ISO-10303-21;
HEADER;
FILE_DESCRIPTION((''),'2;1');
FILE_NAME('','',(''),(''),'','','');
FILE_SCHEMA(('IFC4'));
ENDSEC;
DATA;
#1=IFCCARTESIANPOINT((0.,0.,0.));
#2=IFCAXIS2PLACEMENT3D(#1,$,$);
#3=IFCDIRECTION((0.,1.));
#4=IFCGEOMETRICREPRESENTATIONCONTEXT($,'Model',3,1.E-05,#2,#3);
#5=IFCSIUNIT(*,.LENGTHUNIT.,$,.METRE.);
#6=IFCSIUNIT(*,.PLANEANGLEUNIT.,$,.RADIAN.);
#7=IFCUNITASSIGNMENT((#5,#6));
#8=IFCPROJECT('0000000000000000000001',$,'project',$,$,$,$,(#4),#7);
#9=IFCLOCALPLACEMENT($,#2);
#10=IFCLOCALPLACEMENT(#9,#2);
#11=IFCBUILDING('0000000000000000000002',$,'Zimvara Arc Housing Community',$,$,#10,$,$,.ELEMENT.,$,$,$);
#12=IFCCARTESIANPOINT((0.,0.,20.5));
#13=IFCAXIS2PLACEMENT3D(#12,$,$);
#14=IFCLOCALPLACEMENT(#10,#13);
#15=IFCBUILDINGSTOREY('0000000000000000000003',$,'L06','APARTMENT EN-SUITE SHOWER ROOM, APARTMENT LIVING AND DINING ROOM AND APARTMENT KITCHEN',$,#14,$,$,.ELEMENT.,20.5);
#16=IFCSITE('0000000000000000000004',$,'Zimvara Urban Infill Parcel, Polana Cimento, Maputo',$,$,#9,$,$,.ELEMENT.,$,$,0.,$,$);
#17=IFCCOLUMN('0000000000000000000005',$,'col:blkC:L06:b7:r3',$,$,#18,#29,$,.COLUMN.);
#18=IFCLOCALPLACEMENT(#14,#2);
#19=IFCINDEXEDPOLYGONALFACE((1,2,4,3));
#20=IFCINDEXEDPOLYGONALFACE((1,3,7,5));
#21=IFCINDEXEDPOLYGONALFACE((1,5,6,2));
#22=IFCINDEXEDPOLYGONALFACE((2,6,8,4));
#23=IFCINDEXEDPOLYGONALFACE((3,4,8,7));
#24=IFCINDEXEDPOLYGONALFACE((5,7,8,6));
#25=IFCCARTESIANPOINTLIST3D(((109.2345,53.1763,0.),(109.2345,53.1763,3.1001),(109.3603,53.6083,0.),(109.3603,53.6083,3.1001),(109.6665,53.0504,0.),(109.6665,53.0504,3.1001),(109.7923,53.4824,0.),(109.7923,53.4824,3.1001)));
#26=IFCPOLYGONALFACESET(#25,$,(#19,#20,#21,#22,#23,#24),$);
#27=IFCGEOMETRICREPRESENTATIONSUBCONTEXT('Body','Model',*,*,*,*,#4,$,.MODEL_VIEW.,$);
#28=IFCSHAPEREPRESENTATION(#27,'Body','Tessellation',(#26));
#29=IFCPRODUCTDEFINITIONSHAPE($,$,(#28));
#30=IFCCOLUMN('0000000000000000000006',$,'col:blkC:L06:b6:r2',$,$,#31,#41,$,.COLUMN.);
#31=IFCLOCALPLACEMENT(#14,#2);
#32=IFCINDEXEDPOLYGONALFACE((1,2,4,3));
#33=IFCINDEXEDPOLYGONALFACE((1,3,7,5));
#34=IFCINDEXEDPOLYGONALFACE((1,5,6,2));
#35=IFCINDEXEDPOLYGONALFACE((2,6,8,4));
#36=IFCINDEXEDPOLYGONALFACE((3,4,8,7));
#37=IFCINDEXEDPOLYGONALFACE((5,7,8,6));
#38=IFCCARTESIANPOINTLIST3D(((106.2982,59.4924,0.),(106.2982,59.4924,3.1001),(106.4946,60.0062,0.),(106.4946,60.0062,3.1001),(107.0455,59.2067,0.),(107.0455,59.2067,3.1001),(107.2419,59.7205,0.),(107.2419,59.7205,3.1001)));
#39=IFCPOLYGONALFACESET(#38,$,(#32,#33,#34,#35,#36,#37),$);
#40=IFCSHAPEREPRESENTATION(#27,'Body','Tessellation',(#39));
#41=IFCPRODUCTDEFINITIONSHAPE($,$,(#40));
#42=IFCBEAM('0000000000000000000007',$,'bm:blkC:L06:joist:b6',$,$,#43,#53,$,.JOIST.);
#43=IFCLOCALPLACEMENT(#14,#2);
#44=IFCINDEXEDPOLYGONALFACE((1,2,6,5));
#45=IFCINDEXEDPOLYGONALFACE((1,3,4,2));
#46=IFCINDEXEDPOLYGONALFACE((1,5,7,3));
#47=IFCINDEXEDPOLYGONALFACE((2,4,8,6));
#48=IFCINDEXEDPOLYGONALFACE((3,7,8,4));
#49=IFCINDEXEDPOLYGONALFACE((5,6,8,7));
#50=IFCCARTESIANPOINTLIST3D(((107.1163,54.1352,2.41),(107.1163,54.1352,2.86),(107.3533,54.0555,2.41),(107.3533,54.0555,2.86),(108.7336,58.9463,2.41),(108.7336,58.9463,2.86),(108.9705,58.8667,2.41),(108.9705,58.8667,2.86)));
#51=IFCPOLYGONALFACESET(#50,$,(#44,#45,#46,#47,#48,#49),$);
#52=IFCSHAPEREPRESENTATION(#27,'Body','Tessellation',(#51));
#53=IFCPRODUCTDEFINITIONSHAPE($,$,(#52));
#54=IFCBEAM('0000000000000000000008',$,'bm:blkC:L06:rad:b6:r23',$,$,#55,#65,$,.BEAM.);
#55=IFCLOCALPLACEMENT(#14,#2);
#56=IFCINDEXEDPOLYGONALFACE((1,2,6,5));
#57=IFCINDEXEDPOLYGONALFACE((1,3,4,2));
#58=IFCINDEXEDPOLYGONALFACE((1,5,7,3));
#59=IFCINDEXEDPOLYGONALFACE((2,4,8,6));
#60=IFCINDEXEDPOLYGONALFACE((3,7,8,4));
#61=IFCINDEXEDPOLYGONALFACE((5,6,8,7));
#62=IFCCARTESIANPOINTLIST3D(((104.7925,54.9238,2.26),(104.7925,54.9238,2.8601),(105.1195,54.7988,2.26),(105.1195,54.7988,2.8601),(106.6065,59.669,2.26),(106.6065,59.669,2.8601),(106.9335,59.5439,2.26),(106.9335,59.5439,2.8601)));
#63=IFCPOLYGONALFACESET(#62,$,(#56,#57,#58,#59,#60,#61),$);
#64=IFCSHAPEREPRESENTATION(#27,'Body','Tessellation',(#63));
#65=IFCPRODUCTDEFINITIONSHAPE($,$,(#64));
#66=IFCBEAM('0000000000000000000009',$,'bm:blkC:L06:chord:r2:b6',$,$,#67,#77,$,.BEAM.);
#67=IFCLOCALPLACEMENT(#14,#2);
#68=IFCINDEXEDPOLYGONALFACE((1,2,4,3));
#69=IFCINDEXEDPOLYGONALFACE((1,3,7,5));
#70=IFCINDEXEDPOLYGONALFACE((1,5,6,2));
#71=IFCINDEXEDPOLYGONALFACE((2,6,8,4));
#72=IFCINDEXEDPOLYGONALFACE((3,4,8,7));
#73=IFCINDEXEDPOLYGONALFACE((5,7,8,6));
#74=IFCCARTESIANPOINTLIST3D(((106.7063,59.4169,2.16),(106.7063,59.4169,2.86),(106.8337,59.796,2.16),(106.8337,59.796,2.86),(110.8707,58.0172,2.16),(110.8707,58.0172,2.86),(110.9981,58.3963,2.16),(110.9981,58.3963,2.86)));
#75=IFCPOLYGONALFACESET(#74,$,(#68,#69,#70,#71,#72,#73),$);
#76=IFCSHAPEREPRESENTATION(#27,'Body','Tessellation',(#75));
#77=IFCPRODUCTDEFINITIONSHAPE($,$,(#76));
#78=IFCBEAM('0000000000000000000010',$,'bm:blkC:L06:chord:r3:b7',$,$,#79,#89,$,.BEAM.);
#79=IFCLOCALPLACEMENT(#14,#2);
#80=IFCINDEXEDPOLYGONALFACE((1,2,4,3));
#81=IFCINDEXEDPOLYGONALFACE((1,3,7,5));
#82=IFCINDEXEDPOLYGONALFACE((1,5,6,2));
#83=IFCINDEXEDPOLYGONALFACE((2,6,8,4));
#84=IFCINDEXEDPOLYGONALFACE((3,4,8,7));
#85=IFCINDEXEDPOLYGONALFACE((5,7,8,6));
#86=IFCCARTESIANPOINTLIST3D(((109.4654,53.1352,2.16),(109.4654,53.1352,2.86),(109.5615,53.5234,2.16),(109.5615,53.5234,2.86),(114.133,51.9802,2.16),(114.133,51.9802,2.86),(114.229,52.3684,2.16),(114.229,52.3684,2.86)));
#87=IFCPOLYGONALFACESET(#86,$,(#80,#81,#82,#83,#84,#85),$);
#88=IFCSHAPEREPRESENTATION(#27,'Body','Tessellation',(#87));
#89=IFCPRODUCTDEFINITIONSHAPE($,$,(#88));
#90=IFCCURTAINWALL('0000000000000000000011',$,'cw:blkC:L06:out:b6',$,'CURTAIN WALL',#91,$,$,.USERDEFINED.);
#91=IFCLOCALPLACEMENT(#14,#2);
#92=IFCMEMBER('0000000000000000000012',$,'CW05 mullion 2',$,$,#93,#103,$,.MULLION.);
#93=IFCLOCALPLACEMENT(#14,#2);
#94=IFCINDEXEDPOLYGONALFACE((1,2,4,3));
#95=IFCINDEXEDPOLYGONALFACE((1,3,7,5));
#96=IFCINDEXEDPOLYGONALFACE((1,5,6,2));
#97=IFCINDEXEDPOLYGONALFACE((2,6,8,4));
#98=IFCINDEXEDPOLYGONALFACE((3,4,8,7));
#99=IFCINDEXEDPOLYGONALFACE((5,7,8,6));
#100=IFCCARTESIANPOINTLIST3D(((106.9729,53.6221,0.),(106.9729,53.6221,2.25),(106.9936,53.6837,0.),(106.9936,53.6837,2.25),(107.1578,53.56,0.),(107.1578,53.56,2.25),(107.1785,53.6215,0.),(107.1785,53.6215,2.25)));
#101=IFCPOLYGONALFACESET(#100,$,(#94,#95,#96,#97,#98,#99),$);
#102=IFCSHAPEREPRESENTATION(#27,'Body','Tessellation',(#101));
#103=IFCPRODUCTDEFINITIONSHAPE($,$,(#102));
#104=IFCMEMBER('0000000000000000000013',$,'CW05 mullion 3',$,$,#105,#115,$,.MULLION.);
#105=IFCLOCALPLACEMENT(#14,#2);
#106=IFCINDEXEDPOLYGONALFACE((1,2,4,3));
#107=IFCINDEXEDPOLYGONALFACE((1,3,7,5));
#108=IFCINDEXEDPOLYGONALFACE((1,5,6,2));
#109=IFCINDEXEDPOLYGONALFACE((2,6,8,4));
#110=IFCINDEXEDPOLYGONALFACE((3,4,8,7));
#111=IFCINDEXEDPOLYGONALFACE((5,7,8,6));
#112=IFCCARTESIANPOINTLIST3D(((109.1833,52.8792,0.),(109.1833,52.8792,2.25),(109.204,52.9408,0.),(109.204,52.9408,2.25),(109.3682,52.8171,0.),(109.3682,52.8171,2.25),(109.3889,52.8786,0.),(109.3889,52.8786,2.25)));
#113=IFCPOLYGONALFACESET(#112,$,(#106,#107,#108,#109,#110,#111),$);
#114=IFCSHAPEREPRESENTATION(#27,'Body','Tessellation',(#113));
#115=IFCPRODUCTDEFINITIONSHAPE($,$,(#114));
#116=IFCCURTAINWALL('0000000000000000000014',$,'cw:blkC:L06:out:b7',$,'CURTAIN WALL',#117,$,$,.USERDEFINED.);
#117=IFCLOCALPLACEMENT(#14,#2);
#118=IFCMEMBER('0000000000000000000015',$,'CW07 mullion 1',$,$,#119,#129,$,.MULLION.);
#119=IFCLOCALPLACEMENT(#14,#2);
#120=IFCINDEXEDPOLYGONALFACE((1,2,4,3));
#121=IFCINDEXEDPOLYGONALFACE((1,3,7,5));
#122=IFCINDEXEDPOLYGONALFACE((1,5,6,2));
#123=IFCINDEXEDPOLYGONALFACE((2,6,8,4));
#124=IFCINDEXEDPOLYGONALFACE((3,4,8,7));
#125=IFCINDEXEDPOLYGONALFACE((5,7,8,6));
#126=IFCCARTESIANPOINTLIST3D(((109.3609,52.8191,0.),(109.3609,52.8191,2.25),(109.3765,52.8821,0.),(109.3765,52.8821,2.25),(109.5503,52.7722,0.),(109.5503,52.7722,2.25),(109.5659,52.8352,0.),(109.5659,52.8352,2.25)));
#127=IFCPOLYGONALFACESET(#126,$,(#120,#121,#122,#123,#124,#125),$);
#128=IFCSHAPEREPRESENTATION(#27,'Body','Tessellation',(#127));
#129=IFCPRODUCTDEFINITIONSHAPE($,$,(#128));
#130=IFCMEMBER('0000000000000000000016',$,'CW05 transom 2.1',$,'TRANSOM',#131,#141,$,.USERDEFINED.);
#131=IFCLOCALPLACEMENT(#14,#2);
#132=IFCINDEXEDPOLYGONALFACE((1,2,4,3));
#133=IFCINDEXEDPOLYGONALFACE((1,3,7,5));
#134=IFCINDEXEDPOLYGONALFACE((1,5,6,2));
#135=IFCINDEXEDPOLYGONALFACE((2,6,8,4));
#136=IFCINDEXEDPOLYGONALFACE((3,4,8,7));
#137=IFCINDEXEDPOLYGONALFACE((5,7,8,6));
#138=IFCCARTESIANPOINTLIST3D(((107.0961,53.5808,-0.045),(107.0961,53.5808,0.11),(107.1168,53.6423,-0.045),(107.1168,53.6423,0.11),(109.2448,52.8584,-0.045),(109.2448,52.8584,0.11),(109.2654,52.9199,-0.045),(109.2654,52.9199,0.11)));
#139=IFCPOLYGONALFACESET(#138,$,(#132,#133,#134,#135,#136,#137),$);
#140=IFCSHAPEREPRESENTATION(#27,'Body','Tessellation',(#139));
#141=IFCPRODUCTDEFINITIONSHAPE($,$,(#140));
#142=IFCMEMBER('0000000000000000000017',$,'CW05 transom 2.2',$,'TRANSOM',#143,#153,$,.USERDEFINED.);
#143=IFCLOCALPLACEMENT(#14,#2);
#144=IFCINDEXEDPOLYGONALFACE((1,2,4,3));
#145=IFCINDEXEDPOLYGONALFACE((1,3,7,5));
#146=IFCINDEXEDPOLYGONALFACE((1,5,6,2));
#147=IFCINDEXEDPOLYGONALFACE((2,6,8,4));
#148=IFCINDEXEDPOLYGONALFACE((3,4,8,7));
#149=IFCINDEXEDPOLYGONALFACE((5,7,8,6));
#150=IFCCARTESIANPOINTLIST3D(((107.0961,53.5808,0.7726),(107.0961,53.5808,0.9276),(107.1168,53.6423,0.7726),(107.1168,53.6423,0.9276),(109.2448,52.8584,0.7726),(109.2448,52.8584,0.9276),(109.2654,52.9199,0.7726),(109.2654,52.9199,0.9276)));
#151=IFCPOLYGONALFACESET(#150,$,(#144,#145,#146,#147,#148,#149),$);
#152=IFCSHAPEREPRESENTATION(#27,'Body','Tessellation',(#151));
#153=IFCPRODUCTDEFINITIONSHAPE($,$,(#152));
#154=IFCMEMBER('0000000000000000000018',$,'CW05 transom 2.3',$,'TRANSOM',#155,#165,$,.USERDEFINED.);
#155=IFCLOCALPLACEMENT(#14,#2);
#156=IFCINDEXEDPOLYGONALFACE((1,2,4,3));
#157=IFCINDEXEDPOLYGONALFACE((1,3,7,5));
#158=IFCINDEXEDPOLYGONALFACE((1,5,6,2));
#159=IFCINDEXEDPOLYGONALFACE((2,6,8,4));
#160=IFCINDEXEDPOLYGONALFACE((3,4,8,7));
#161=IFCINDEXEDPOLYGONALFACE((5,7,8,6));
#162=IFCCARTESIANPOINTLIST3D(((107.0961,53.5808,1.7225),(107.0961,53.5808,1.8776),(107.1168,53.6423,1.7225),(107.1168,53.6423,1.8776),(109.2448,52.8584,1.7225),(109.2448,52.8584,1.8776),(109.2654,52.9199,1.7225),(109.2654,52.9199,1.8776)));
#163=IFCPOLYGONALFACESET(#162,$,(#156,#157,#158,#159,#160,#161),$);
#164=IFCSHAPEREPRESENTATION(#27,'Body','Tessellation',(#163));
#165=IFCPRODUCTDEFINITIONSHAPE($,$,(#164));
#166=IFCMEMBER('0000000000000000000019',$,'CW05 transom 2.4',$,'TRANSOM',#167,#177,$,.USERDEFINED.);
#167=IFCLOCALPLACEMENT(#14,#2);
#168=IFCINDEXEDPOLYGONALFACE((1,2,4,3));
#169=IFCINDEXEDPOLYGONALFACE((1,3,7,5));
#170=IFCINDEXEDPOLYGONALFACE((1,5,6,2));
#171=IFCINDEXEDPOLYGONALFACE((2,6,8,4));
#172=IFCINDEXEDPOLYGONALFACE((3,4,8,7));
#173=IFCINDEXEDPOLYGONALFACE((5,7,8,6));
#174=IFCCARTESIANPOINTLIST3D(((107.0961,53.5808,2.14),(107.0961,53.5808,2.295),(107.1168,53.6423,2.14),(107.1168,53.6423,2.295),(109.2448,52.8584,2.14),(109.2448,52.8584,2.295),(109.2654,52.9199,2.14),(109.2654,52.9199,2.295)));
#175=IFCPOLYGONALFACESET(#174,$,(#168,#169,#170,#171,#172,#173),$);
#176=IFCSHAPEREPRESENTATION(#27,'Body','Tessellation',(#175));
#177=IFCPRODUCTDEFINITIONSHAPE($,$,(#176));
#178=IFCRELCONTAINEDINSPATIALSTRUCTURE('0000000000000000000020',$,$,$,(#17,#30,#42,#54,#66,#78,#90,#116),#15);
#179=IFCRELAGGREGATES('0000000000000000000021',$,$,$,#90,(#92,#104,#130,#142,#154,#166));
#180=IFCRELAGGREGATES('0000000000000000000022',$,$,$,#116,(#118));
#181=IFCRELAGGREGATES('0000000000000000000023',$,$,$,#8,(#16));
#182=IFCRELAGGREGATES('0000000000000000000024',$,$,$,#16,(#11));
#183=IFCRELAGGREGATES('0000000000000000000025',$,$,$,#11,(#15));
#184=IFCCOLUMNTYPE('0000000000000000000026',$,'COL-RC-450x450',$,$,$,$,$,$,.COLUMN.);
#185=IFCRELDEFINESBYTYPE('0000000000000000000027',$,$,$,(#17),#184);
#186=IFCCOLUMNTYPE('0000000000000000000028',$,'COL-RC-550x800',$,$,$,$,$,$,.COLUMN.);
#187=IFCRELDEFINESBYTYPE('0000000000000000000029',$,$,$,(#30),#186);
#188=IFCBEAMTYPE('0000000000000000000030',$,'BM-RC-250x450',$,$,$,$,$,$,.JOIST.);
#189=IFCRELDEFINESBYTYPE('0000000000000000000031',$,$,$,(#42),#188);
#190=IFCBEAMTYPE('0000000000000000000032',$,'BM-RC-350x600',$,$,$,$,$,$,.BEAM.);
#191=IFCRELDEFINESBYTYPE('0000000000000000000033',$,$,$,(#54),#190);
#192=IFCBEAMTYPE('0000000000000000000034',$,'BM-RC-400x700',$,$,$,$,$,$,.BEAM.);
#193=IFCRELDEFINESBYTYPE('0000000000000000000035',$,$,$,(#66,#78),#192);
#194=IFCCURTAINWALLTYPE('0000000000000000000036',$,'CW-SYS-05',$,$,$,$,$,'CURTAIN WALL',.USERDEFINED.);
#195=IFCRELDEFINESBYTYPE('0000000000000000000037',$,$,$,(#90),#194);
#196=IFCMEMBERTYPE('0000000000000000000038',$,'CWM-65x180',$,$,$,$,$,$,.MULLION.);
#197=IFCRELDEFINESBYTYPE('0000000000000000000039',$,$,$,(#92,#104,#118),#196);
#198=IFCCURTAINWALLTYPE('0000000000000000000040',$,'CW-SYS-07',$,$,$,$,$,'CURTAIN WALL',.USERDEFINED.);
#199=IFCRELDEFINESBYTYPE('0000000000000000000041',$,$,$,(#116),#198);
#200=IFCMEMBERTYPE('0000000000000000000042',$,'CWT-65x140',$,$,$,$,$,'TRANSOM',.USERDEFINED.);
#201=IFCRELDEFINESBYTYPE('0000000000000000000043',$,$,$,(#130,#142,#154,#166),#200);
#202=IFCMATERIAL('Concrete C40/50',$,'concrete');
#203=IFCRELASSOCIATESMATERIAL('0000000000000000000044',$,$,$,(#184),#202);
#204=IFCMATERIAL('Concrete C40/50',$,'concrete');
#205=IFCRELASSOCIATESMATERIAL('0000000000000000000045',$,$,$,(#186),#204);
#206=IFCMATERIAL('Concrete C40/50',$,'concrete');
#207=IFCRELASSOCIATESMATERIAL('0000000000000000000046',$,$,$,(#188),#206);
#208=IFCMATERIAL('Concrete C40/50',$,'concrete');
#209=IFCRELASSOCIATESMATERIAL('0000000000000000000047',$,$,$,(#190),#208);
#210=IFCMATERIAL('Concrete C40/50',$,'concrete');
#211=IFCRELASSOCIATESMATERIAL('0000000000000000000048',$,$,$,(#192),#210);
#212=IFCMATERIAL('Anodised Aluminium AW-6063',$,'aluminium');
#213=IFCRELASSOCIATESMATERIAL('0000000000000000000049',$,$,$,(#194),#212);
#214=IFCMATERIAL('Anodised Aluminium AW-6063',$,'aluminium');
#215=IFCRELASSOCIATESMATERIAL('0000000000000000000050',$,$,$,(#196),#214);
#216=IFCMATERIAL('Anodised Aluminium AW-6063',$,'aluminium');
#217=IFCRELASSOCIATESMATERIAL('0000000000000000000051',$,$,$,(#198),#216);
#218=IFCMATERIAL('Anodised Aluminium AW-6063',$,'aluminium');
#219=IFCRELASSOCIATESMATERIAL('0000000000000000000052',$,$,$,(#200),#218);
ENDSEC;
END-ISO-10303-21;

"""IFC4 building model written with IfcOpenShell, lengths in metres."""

from ifc_helpers import new_model, si_unit, direction, frame, origin, origin_2d, place, context, subcontext, project, spatial, rectangle, extrude, material, material_profile, profile_set, type_object, element, aggregate, save


model = new_model("IFC4")

# Units and contexts
model_context = context("Model", 3, precision=1e-05, world=origin(), true_north=direction((0.0, 1.0)))
body_context = subcontext(model_context, "Body", "Model", "MODEL_VIEW")
ifc_project = project(units=[si_unit("LENGTHUNIT", "METRE"), si_unit("PLANEANGLEUNIT", "RADIAN")], contexts=[model_context])

# Site, building, storey
site_placement = place(None, origin())
site = spatial("IfcSite", under=ifc_project, at=site_placement, Name="Zimvara Urban Infill Parcel, Polana Cimento, Maputo", CompositionType="ELEMENT", RefElevation=0.0)
building_placement = place(site_placement, origin())
building = spatial("IfcBuilding", under=site, at=building_placement, Name="Zimvara Arc Housing Community", CompositionType="ELEMENT")
storey_placement = place(building_placement, frame((0.0, 0.0, 20.5)))
storey = spatial("IfcBuildingStorey", under=building, at=storey_placement, Name="L06", Description="APARTMENT EN-SUITE SHOWER ROOM, APARTMENT LIVING AND DINING ROOM AND APARTMENT KITCHEN", CompositionType="ELEMENT", Elevation=20.5)

# Columns
ifc_material_1 = material(Name="Concrete C40/50", Category="concrete")
ifc_material_profile_1 = material_profile(ifc_material_1, rectangle(XDim=0.45, YDim=0.45, at=origin_2d()), Name="RC 450x450")
ifc_profile_set_1 = profile_set([ifc_material_profile_1], Name="Concrete C40/50")
column_type_1 = type_object("IfcColumnType", Name="COL-RC-450x450", PredefinedType="COLUMN", material=ifc_profile_set_1)
column_1_placement = place(storey_placement, frame((109.5134, 53.3293, 0.0), z_axis=(0.0, 0.0, 1.0), x_axis=(-0.279661, -0.960099, 0.0)))
element("IfcColumn", 1, at=column_1_placement, inside=storey, type_object=column_type_1, Name="col:blkC:L06:b7:r3", PredefinedType="COLUMN", context=body_context, shape_type="SweptSolid", body=[
    extrude(rectangle(XDim=0.45, YDim=0.45, at=origin_2d()), origin(), (0.0, 0.0, 1.0), 3.1001),
])
ifc_material_2 = material(Name="Concrete C40/50", Category="concrete")
ifc_material_profile_2 = material_profile(ifc_material_2, rectangle(XDim=0.55, YDim=0.8, at=origin_2d()), Name="RC 550x800")
ifc_profile_set_2 = profile_set([ifc_material_profile_2], Name="Concrete C40/50")
column_type_2 = type_object("IfcColumnType", Name="COL-RC-550x800", PredefinedType="COLUMN", material=ifc_profile_set_2)
column_2_placement = place(storey_placement, frame((106.77, 59.6064, 0.0), z_axis=(0.0, 0.0, 1.0), x_axis=(-0.357064, -0.93408, 0.0)))
element("IfcColumn", 2, at=column_2_placement, inside=storey, type_object=column_type_2, Name="col:blkC:L06:b6:r2", PredefinedType="COLUMN", context=body_context, shape_type="SweptSolid", body=[
    extrude(rectangle(XDim=0.55, YDim=0.8, at=origin_2d()), origin(), (0.0, 0.0, 1.0), 3.1001),
])

# Beams
ifc_material_3 = material(Name="Concrete C40/50", Category="concrete")
ifc_material_profile_3 = material_profile(ifc_material_3, rectangle(XDim=0.25, YDim=0.45, at=origin_2d()), Name="RC 250x450")
ifc_profile_set_3 = profile_set([ifc_material_profile_3], Name="Concrete C40/50")
beam_type_1 = type_object("IfcBeamType", Name="BM-RC-250x450", PredefinedType="JOIST", material=ifc_profile_set_3)
beam_1_placement = place(storey_placement, frame((108.8521, 58.9065, 2.635), z_axis=(-0.318622, -0.947882, 0.0), x_axis=(0.947882, -0.318622, 0.0)))
element("IfcBeam", 3, at=beam_1_placement, inside=storey, type_object=beam_type_1, Name="bm:blkC:L06:joist:b6", PredefinedType="JOIST", context=body_context, shape_type="SweptSolid", body=[
    extrude(rectangle(XDim=0.25, YDim=0.45, at=origin_2d()), origin(), (0.0, 0.0, 1.0), 5.0757),
])
ifc_material_4 = material(Name="Concrete C40/50", Category="concrete")
ifc_material_profile_4 = material_profile(ifc_material_4, rectangle(XDim=0.3501, YDim=0.6001, at=origin_2d()), Name="RC 350x600")
ifc_profile_set_4 = profile_set([ifc_material_profile_4], Name="Concrete C40/50")
beam_type_2 = type_object("IfcBeamType", Name="BM-RC-350x600", PredefinedType="BEAM", material=ifc_profile_set_4)
beam_2_placement = place(storey_placement, frame((106.77, 59.6064, 2.5601), z_axis=(-0.357078, -0.934074, 0.0), x_axis=(0.934074, -0.357078, 0.0)))
element("IfcBeam", 4, at=beam_2_placement, inside=storey, type_object=beam_type_2, Name="bm:blkC:L06:rad:b6:r23", PredefinedType="BEAM", context=body_context, shape_type="SweptSolid", body=[
    extrude(rectangle(XDim=0.3501, YDim=0.6001, at=origin_2d()), origin(), (0.0, 0.0, 1.0), 5.0801),
])
ifc_material_5 = material(Name="Concrete C40/50", Category="concrete")
ifc_material_profile_5 = material_profile(ifc_material_5, rectangle(XDim=0.3999, YDim=0.7, at=origin_2d()), Name="RC 400x700")
ifc_profile_set_5 = profile_set([ifc_material_profile_5], Name="Concrete C40/50")
beam_type_3 = type_object("IfcBeamType", Name="BM-RC-400x700", PredefinedType="BEAM", material=ifc_profile_set_5)
beam_3_placement = place(storey_placement, frame((106.77, 59.6064, 2.51), z_axis=(0.947891, -0.318594, 0.0), x_axis=(0.318594, 0.947891, 0.0)))
element("IfcBeam", 5, at=beam_3_placement, inside=storey, type_object=beam_type_3, Name="bm:blkC:L06:chord:r2:b6", PredefinedType="BEAM", context=body_context, shape_type="SweptSolid", body=[
    extrude(rectangle(XDim=0.3999, YDim=0.7, at=origin_2d()), origin(), (0.0, 0.0, 1.0), 4.3933),
])
beam_4_placement = place(storey_placement, frame((109.5134, 53.3293, 2.51), z_axis=(0.970719, -0.240217, 0.0), x_axis=(0.240217, 0.970719, 0.0)))
element("IfcBeam", 6, at=beam_4_placement, inside=storey, type_object=beam_type_3, Name="bm:blkC:L06:chord:r3:b7", PredefinedType="BEAM", context=body_context, shape_type="SweptSolid", body=[
    extrude(rectangle(XDim=0.3999, YDim=0.7, at=origin_2d()), origin(), (0.0, 0.0, 1.0), 4.8083),
])

# Curtain wall, members
ifc_material_6 = material(Name="Anodised Aluminium AW-6063", Category="aluminium")
curtain_wall_type_1 = type_object("IfcCurtainWallType", Name="CW-SYS-05", ElementType="CURTAIN WALL", PredefinedType="USERDEFINED", material=ifc_material_6)
curtain_wall_1_placement = place(storey_placement, origin())
curtain_wall_1 = element("IfcCurtainWall", 7, at=curtain_wall_1_placement, inside=storey, type_object=curtain_wall_type_1, Name="cw:blkC:L06:out:b6", ObjectType="CURTAIN WALL", PredefinedType="USERDEFINED")
ifc_material_7 = material(Name="Anodised Aluminium AW-6063", Category="aluminium")
ifc_material_profile_6 = material_profile(ifc_material_7, rectangle(XDim=0.0649, YDim=0.1951, at=origin_2d()), Name="ALU 65x195")
ifc_profile_set_6 = profile_set([ifc_material_profile_6], Name="Anodised Aluminium AW-6063")
member_type_1 = type_object("IfcMemberType", Name="CWM-65x180", PredefinedType="MULLION", material=ifc_profile_set_6)
member_1_placement = place(storey_placement, frame((107.0757, 53.6218, 0.0), z_axis=(0.0, 0.0, 1.0), x_axis=(0.318629, 0.94788, 0.0)))
member_1 = element("IfcMember", 8, at=member_1_placement, type_object=member_type_1, Name="CW05 mullion 2", PredefinedType="MULLION", context=body_context, shape_type="SweptSolid", body=[
    extrude(rectangle(XDim=0.0649, YDim=0.1951, at=origin_2d()), origin(), (0.0, 0.0, 1.0), 2.25),
])
member_2_placement = place(storey_placement, frame((109.2861, 52.8789, 0.0), z_axis=(0.0, 0.0, 1.0), x_axis=(0.318629, 0.94788, 0.0)))
member_2 = element("IfcMember", 9, at=member_2_placement, type_object=member_type_1, Name="CW05 mullion 3", PredefinedType="MULLION", context=body_context, shape_type="SweptSolid", body=[
    extrude(rectangle(XDim=0.0649, YDim=0.1951, at=origin_2d()), origin(), (0.0, 0.0, 1.0), 2.25),
])

# Curtain wall, member
ifc_material_8 = material(Name="Anodised Aluminium AW-6063", Category="aluminium")
curtain_wall_type_2 = type_object("IfcCurtainWallType", Name="CW-SYS-07", ElementType="CURTAIN WALL", PredefinedType="USERDEFINED", material=ifc_material_8)
curtain_wall_2_placement = place(storey_placement, origin())
curtain_wall_2 = element("IfcCurtainWall", 10, at=curtain_wall_2_placement, inside=storey, type_object=curtain_wall_type_2, Name="cw:blkC:L06:out:b7", ObjectType="CURTAIN WALL", PredefinedType="USERDEFINED")
member_3_placement = place(storey_placement, frame((109.4634, 52.8271, 0.0), z_axis=(0.0, 0.0, 1.0), x_axis=(0.24023, 0.970716, 0.0)))
member_3 = element("IfcMember", 11, at=member_3_placement, type_object=member_type_1, Name="CW07 mullion 1", PredefinedType="MULLION", context=body_context, shape_type="SweptSolid", body=[
    extrude(rectangle(XDim=0.0649, YDim=0.1951, at=origin_2d()), origin(), (0.0, 0.0, 1.0), 2.25),
])

# Members
ifc_material_9 = material(Name="Anodised Aluminium AW-6063", Category="aluminium")
ifc_material_profile_7 = material_profile(ifc_material_9, rectangle(XDim=0.0649, YDim=0.155, at=origin_2d()), Name="ALU 65x155")
ifc_profile_set_7 = profile_set([ifc_material_profile_7], Name="Anodised Aluminium AW-6063")
member_type_2 = type_object("IfcMemberType", Name="CWT-65x140", ElementType="TRANSOM", PredefinedType="USERDEFINED", material=ifc_profile_set_7)
member_4_placement = place(storey_placement, frame((107.1064, 53.6116, 0.0325), z_axis=(0.947862, -0.318682, 0.0), x_axis=(0.318682, 0.947862, 0.0)))
member_4 = element("IfcMember", 12, at=member_4_placement, type_object=member_type_2, Name="CW05 transom 2.1", ObjectType="TRANSOM", PredefinedType="USERDEFINED", context=body_context, shape_type="SweptSolid", body=[
    extrude(rectangle(XDim=0.0649, YDim=0.155, at=origin_2d()), origin(), (0.0, 0.0, 1.0), 2.2668),
])
member_5_placement = place(storey_placement, frame((107.1064, 53.6116, 0.8501), z_axis=(0.947862, -0.318682, 0.0), x_axis=(0.318682, 0.947862, 0.0)))
member_5 = element("IfcMember", 13, at=member_5_placement, type_object=member_type_2, Name="CW05 transom 2.2", ObjectType="TRANSOM", PredefinedType="USERDEFINED", context=body_context, shape_type="SweptSolid", body=[
    extrude(rectangle(XDim=0.0649, YDim=0.155, at=origin_2d()), origin(), (0.0, 0.0, 1.0), 2.2668),
])
member_6_placement = place(storey_placement, frame((107.1064, 53.6116, 1.8), z_axis=(0.947862, -0.318682, 0.0), x_axis=(0.318682, 0.947862, 0.0)))
member_6 = element("IfcMember", 14, at=member_6_placement, type_object=member_type_2, Name="CW05 transom 2.3", ObjectType="TRANSOM", PredefinedType="USERDEFINED", context=body_context, shape_type="SweptSolid", body=[
    extrude(rectangle(XDim=0.0649, YDim=0.155, at=origin_2d()), origin(), (0.0, 0.0, 1.0), 2.2668),
])
member_7_placement = place(storey_placement, frame((107.1064, 53.6116, 2.2175), z_axis=(0.947862, -0.318682, 0.0), x_axis=(0.318682, 0.947862, 0.0)))
member_7 = element("IfcMember", 15, at=member_7_placement, type_object=member_type_2, Name="CW05 transom 2.4", ObjectType="TRANSOM", PredefinedType="USERDEFINED", context=body_context, shape_type="SweptSolid", body=[
    extrude(rectangle(XDim=0.0649, YDim=0.155, at=origin_2d()), origin(), (0.0, 0.0, 1.0), 2.2668),
])

aggregate(curtain_wall_1, [member_1, member_2, member_4, member_5, member_6, member_7])
aggregate(curtain_wall_2, [member_3])

save(model, "model.ifc")
